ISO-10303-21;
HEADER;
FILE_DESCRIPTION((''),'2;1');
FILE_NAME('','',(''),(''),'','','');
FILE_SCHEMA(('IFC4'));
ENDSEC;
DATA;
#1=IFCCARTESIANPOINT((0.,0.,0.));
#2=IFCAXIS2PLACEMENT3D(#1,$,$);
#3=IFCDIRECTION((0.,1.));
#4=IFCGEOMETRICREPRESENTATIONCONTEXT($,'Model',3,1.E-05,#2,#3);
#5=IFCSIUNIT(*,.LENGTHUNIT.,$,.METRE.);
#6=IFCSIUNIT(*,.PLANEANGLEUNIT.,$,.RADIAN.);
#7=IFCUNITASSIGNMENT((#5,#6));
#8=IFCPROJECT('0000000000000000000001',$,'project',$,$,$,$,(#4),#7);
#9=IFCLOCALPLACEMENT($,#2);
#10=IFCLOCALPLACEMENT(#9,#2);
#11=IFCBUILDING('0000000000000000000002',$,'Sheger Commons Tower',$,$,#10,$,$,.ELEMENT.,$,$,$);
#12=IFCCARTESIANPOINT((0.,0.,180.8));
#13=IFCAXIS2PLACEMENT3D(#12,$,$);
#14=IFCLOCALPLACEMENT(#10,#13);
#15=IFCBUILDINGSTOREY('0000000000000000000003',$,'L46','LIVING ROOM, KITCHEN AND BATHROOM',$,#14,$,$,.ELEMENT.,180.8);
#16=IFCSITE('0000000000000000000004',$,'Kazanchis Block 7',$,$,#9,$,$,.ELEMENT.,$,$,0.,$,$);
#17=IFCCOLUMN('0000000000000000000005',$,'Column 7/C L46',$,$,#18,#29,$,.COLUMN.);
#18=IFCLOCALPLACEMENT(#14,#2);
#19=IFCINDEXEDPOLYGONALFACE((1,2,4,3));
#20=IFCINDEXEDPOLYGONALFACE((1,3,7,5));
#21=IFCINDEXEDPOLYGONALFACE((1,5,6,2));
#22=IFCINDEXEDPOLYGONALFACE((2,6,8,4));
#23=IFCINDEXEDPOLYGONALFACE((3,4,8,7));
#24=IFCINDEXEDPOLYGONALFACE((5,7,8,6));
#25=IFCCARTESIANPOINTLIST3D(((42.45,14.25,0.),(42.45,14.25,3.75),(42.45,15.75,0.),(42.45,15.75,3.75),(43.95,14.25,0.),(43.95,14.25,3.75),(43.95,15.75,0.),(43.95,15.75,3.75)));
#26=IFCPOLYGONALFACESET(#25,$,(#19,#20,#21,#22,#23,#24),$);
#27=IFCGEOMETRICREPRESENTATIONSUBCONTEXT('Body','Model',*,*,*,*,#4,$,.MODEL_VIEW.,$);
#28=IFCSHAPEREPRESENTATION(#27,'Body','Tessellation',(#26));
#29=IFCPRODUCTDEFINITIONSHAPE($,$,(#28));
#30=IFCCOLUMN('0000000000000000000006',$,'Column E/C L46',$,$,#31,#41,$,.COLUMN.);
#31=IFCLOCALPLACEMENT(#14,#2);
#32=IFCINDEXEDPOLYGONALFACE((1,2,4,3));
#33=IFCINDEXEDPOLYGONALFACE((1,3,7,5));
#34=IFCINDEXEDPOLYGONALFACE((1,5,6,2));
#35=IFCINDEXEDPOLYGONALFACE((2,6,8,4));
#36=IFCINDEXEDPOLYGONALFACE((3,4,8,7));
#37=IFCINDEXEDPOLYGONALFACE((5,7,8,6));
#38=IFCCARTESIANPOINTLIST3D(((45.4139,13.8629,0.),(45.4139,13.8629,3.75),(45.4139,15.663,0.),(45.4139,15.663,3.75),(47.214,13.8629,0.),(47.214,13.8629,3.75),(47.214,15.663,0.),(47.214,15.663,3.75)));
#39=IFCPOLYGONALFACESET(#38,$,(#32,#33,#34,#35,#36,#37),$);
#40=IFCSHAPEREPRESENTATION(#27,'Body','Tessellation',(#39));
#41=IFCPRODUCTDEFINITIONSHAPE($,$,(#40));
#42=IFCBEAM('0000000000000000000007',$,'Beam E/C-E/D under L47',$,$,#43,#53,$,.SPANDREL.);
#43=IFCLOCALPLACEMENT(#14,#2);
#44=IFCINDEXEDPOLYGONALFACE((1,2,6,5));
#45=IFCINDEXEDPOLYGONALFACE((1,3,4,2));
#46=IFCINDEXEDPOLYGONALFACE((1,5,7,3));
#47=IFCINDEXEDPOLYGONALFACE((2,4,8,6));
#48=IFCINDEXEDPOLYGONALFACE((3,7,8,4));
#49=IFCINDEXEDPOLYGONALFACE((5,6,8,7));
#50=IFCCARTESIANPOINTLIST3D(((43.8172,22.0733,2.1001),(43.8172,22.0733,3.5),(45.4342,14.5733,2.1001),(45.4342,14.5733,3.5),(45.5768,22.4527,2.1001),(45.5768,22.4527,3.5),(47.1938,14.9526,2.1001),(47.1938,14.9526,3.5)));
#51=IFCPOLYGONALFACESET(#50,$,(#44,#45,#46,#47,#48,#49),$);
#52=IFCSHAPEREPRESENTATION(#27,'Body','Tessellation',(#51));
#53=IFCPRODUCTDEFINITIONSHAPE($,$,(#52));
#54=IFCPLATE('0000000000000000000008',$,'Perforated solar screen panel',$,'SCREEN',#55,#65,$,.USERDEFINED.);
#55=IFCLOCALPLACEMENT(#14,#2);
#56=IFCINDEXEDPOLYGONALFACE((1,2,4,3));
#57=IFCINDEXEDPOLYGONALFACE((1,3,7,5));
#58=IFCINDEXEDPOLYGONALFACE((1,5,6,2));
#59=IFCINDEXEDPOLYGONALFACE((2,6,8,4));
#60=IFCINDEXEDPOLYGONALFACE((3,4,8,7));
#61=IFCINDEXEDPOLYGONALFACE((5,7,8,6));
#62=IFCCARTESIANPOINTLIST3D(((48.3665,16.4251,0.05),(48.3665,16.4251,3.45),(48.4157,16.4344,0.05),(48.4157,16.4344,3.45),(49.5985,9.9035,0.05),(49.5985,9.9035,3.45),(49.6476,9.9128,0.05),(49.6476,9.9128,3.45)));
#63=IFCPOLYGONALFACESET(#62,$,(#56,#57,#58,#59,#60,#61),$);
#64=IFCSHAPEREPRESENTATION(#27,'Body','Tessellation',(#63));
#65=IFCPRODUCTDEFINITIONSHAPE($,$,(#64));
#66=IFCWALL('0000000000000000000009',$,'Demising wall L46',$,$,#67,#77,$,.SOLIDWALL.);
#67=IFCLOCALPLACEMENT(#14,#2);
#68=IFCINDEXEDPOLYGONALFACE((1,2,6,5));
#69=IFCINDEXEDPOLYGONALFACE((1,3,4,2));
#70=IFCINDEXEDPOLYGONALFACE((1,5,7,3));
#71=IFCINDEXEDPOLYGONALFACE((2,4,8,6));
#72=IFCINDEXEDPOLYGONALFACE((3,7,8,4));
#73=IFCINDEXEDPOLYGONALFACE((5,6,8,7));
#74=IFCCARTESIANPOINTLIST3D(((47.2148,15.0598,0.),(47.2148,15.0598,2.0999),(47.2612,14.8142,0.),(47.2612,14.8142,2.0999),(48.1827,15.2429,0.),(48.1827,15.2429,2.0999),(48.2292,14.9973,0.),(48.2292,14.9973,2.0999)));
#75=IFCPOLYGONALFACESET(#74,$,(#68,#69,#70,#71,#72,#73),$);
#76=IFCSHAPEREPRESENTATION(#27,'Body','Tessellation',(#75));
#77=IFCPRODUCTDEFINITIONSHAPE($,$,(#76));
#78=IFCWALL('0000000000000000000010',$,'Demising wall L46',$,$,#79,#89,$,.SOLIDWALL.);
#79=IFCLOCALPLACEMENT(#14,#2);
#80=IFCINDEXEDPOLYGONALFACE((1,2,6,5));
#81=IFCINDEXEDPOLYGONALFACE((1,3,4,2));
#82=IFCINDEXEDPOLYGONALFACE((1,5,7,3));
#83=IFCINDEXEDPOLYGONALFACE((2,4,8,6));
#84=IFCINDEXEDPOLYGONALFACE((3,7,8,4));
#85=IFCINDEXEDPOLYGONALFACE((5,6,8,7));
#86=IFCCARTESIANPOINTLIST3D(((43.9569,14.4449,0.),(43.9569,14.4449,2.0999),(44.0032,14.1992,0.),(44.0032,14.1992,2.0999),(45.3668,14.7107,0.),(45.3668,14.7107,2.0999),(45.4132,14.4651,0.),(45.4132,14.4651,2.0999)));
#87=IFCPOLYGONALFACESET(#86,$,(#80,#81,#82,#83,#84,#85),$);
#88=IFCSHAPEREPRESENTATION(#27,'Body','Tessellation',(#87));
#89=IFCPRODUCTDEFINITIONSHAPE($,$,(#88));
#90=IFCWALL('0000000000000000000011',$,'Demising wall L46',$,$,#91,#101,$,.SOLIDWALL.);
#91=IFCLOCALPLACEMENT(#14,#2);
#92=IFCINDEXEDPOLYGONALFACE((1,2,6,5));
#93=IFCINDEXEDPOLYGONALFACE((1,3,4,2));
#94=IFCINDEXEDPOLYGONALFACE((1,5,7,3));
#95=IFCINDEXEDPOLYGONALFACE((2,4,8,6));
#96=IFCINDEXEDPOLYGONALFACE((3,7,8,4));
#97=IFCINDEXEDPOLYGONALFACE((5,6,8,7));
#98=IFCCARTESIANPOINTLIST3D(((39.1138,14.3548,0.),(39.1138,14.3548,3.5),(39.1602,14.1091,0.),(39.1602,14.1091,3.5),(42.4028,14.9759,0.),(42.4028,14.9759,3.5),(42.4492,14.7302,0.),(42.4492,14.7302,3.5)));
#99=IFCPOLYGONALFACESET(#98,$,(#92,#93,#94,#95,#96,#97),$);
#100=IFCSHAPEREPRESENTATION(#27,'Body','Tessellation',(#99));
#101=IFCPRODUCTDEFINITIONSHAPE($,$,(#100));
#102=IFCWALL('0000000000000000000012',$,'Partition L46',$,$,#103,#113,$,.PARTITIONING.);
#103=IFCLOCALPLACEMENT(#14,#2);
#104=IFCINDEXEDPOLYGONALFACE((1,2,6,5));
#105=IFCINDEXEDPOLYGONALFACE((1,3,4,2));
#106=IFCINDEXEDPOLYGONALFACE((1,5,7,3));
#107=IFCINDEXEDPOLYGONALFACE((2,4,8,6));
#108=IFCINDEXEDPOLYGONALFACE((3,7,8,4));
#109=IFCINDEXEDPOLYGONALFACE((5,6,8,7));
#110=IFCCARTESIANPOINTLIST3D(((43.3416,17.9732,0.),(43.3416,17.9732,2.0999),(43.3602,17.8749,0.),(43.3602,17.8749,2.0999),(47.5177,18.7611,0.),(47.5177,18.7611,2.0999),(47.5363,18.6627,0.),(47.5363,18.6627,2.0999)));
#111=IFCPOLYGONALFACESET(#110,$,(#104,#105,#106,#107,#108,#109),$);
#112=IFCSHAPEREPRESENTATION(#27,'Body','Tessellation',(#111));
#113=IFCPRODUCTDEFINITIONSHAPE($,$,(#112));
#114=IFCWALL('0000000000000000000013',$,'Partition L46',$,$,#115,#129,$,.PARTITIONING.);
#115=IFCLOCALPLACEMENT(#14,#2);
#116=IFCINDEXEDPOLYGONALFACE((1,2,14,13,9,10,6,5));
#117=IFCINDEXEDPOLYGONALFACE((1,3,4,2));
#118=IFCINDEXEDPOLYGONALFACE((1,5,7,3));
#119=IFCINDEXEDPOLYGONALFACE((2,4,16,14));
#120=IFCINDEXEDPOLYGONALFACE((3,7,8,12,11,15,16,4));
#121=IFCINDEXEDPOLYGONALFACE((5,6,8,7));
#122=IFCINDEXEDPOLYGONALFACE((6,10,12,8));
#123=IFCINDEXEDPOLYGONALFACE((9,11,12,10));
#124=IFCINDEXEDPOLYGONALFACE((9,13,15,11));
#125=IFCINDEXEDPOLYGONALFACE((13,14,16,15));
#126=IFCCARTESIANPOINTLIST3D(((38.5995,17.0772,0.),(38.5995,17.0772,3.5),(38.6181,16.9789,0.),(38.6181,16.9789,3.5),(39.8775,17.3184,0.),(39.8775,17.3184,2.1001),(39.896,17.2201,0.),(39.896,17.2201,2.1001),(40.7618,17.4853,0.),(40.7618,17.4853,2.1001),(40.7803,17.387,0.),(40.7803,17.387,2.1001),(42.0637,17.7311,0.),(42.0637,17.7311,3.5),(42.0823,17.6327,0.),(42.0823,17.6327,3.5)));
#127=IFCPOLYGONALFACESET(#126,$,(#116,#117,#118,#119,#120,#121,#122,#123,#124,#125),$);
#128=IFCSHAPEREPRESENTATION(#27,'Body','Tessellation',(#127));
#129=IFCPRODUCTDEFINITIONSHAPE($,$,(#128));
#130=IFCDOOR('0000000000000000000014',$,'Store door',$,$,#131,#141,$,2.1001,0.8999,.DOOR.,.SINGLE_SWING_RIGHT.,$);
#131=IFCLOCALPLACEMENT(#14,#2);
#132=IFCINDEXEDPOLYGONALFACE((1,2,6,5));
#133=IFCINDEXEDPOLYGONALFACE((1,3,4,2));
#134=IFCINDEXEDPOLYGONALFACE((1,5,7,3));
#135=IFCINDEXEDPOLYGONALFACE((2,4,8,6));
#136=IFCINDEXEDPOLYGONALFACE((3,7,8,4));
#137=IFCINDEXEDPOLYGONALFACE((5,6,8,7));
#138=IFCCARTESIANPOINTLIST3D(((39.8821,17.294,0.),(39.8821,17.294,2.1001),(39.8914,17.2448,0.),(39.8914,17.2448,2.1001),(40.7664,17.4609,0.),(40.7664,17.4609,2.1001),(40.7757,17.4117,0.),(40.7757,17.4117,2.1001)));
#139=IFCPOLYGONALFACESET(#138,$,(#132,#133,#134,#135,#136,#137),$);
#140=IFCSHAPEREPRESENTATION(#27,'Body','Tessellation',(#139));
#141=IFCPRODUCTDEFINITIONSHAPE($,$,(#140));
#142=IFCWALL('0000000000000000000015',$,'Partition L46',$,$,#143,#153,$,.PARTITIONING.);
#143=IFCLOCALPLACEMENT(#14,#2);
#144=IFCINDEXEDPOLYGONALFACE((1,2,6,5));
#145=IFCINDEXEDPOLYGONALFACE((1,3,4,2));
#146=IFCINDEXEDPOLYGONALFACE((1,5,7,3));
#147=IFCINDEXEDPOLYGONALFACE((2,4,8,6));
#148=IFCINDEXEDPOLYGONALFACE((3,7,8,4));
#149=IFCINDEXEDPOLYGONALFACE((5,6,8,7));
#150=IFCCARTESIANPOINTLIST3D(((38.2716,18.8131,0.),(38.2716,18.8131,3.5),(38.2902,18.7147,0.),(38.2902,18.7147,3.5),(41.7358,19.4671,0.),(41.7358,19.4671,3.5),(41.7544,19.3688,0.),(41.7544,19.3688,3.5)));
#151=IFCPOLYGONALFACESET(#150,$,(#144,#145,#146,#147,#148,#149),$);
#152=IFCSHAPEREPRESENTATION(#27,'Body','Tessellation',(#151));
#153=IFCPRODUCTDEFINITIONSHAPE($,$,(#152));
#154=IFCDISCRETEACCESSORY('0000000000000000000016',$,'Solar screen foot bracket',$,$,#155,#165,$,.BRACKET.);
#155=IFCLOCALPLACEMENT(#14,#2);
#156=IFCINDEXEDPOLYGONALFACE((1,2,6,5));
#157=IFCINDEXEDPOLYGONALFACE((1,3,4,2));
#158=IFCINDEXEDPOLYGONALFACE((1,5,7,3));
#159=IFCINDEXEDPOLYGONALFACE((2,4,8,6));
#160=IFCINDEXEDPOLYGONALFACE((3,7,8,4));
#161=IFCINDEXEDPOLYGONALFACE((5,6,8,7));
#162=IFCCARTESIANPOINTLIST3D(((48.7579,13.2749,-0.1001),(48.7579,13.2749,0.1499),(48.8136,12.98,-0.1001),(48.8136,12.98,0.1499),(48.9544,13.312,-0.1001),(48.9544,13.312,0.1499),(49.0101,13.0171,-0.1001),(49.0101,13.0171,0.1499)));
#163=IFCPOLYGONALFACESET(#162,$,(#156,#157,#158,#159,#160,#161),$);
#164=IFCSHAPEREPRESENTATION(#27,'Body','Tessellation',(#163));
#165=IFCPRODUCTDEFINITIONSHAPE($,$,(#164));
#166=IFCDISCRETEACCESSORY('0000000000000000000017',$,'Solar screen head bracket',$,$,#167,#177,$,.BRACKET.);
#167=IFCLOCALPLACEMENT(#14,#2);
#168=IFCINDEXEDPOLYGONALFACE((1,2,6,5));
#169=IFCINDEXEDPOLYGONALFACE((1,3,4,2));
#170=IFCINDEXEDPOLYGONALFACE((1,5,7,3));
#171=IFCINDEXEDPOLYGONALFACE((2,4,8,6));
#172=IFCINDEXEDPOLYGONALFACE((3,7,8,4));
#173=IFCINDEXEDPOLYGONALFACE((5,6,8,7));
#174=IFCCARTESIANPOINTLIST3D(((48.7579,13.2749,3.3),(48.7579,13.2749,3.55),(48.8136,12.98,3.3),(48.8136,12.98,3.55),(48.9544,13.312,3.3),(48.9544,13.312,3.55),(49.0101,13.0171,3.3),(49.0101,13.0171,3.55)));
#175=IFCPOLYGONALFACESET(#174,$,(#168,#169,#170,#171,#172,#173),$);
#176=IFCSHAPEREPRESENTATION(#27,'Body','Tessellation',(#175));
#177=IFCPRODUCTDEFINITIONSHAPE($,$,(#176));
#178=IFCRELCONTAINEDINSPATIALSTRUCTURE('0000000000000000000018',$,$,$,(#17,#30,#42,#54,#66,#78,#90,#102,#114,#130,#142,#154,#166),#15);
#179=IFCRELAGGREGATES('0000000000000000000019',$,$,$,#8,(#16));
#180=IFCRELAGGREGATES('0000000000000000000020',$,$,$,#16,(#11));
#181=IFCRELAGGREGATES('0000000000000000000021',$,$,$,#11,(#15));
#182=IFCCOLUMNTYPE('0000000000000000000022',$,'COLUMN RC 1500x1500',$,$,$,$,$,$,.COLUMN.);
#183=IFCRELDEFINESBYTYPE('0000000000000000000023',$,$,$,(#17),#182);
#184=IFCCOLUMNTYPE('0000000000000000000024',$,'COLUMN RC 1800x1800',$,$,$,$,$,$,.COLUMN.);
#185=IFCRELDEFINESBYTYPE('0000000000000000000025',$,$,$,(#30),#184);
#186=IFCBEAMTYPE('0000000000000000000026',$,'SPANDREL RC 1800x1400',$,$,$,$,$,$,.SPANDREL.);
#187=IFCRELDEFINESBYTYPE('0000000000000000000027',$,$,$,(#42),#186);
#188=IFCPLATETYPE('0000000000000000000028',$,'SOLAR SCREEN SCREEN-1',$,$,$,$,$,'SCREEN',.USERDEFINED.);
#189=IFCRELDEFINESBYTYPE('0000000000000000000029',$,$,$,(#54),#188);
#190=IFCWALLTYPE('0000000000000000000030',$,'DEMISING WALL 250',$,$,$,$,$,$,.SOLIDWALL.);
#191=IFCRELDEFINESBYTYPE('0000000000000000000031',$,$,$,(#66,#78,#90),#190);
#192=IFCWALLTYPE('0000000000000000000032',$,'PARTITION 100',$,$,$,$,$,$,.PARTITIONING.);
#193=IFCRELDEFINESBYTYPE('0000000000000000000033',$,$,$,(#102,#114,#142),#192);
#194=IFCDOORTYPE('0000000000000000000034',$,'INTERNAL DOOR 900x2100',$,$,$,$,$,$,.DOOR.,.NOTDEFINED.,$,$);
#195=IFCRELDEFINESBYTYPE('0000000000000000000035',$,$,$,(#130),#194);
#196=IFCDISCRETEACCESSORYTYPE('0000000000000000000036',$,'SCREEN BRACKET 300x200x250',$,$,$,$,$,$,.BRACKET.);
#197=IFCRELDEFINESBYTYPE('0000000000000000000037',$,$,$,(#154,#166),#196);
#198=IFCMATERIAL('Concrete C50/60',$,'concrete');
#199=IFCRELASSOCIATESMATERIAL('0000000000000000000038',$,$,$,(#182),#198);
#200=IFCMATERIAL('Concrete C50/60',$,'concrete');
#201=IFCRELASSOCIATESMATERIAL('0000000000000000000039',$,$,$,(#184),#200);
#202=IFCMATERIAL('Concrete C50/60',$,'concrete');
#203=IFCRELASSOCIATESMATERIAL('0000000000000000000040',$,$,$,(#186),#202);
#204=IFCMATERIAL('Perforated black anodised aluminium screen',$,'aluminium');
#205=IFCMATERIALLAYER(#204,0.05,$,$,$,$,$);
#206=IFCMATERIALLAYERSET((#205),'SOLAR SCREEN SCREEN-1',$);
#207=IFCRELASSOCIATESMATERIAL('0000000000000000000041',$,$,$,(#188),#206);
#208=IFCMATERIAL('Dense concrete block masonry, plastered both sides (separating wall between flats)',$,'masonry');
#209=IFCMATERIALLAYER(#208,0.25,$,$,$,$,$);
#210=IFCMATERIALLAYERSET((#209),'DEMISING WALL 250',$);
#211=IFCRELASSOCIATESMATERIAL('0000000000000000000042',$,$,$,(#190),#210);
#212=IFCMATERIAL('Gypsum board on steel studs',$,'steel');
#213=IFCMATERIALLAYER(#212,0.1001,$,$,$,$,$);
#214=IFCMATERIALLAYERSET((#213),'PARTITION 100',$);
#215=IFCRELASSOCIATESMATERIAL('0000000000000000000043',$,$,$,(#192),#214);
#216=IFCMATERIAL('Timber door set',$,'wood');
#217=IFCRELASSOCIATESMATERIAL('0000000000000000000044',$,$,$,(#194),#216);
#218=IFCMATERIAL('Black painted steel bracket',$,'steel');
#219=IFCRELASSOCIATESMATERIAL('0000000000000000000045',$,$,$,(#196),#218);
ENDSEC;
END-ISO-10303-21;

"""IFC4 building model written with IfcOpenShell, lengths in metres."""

from ifc_helpers import new_model, si_unit, direction, frame, frame_2d, origin, origin_2d, place, context, subcontext, project, spatial, rectangle, extrude, material, layer, layer_set, material_profile, profile_set, type_object, element, fill, save


model = new_model("IFC4")

# Units and contexts
model_context = context("Model", 3, precision=1e-05, world=origin(), true_north=direction((0.0, 1.0)))
body_context = subcontext(model_context, "Body", "Model", "MODEL_VIEW")
ifc_project = project(units=[si_unit("LENGTHUNIT", "METRE"), si_unit("PLANEANGLEUNIT", "RADIAN")], contexts=[model_context])

# Site, building, storey
site_placement = place(None, origin())
site = spatial("IfcSite", under=ifc_project, at=site_placement, Name="Kazanchis Block 7", CompositionType="ELEMENT", RefElevation=0.0)
building_placement = place(site_placement, origin())
building = spatial("IfcBuilding", under=site, at=building_placement, Name="Sheger Commons Tower", CompositionType="ELEMENT")
storey_placement = place(building_placement, frame((0.0, 0.0, 180.8)))
storey = spatial("IfcBuildingStorey", under=building, at=storey_placement, Name="L46", Description="LIVING ROOM, KITCHEN AND BATHROOM", CompositionType="ELEMENT", Elevation=180.8)

# Columns
ifc_material_1 = material(Name="Concrete C50/60", Category="concrete")
ifc_material_profile_1 = material_profile(ifc_material_1, rectangle(XDim=1.5, YDim=1.5, at=origin_2d()), Name="RC 1500x1500")
ifc_profile_set_1 = profile_set([ifc_material_profile_1], Name="Concrete C50/60")
column_type_1 = type_object("IfcColumnType", Name="COLUMN RC 1500x1500", PredefinedType="COLUMN", material=ifc_profile_set_1)
column_1_placement = place(storey_placement, frame((43.2, 15.0, 0.0), z_axis=(0.0, 0.0, 1.0), x_axis=(1.0, 0.0, 0.0)))
element("IfcColumn", 1, at=column_1_placement, inside=storey, type_object=column_type_1, Name="Column 7/C L46", PredefinedType="COLUMN", context=body_context, shape_type="SweptSolid", body=[
    extrude(rectangle(XDim=1.5, YDim=1.5, at=origin_2d()), origin(), (0.0, 0.0, 1.0), 3.75),
])
ifc_material_2 = material(Name="Concrete C50/60", Category="concrete")
ifc_material_profile_2 = material_profile(ifc_material_2, rectangle(XDim=1.8, YDim=1.8, at=origin_2d()), Name="RC 1800x1800")
ifc_profile_set_2 = profile_set([ifc_material_profile_2], Name="Concrete C50/60")
column_type_2 = type_object("IfcColumnType", Name="COLUMN RC 1800x1800", PredefinedType="COLUMN", material=ifc_profile_set_2)
column_2_placement = place(storey_placement, frame((46.314, 14.7629, 0.0), z_axis=(0.0, 0.0, 1.0), x_axis=(1.0, 0.0, 0.0)))
element("IfcColumn", 2, at=column_2_placement, inside=storey, type_object=column_type_2, Name="Column E/C L46", PredefinedType="COLUMN", context=body_context, shape_type="SweptSolid", body=[
    extrude(rectangle(XDim=1.8, YDim=1.8, at=origin_2d()), origin(), (0.0, 0.0, 1.0), 3.75),
])

# Beam
ifc_material_3 = material(Name="Concrete C50/60", Category="concrete")
ifc_material_profile_3 = material_profile(ifc_material_3, rectangle(XDim=1.8, YDim=1.3999, at=origin_2d()), Name="RC 1800x1400")
ifc_profile_set_3 = profile_set([ifc_material_profile_3], Name="Concrete C50/60")
beam_type = type_object("IfcBeamType", Name="SPANDREL RC 1800x1400", PredefinedType="SPANDREL", material=ifc_profile_set_3)
beam_placement = place(storey_placement, frame((46.314, 14.7629, 2.8), z_axis=(-0.21075, 0.97754, 0.0), x_axis=(-0.97754, -0.21075, 0.0)))
element("IfcBeam", 3, at=beam_placement, inside=storey, type_object=beam_type, Name="Beam E/C-E/D under L47", PredefinedType="SPANDREL", context=body_context, shape_type="SweptSolid", body=[
    extrude(rectangle(XDim=1.8, YDim=1.3999, at=origin_2d()), origin(), (0.0, 0.0, 1.0), 7.6724),
])

# Plate
ifc_material_4 = material(Name="Perforated black anodised aluminium screen", Category="aluminium")
ifc_layer_1 = layer(ifc_material_4, 0.05)
ifc_layer_set_1 = layer_set([ifc_layer_1], Name="SOLAR SCREEN SCREEN-1")
plate_type = type_object("IfcPlateType", Name="SOLAR SCREEN SCREEN-1", ElementType="SCREEN", PredefinedType="USERDEFINED", material=ifc_layer_set_1)
plate_placement = place(storey_placement, frame((49.0071, 13.1689, 0.05), z_axis=(0.0, 0.0, 1.0), x_axis=(-0.185615, 0.982623, 0.0)))
element("IfcPlate", 4, at=plate_placement, inside=storey, type_object=plate_type, Name="Perforated solar screen panel", ObjectType="SCREEN", PredefinedType="USERDEFINED", context=body_context, shape_type="SweptSolid", body=[
    extrude(rectangle(XDim=6.637, YDim=0.05, at=origin_2d()), origin(), (0.0, 0.0, 1.0), 3.3999),
])

# Walls
ifc_material_5 = material(Name="Dense concrete block masonry, plastered both sides (separating wall between flats)", Category="masonry")
ifc_layer_2 = layer(ifc_material_5, 0.25)
ifc_layer_set_2 = layer_set([ifc_layer_2], Name="DEMISING WALL 250")
wall_type_1 = type_object("IfcWallType", Name="DEMISING WALL 250", PredefinedType="SOLIDWALL", material=ifc_layer_set_2)
wall_1_placement = place(storey_placement, frame((48.2061, 15.1201, 0.0), z_axis=(0.0, 0.0, 1.0), x_axis=(-0.982576, -0.185859, 0.0)))
element("IfcWall", 5, at=wall_1_placement, inside=storey, type_object=wall_type_1, Name="Demising wall L46", PredefinedType="SOLIDWALL", context=body_context, shape_type="SweptSolid", body=[
    extrude(rectangle(XDim=0.9851, YDim=0.25, at=frame_2d((0.4927, 0.0))), origin(), (0.0, 0.0, 1.0), 2.0999),
])
wall_2_placement = place(storey_placement, frame((45.3899, 14.5879, 0.0), z_axis=(0.0, 0.0, 1.0), x_axis=(-0.982681, -0.185306, 0.0)))
element("IfcWall", 6, at=wall_2_placement, inside=storey, type_object=wall_type_1, Name="Demising wall L46", PredefinedType="SOLIDWALL", context=body_context, shape_type="SweptSolid", body=[
    extrude(rectangle(XDim=1.4348, YDim=0.25, at=frame_2d((0.7173, 0.0))), origin(), (0.0, 0.0, 1.0), 2.0999),
])
wall_3_placement = place(storey_placement, frame((42.426, 14.853, 0.0), z_axis=(0.0, 0.0, 1.0), x_axis=(-0.982634, -0.185557, 0.0)))
element("IfcWall", 7, at=wall_3_placement, inside=storey, type_object=wall_type_1, Name="Demising wall L46", PredefinedType="SOLIDWALL", context=body_context, shape_type="SweptSolid", body=[
    extrude(rectangle(XDim=3.3472, YDim=0.25, at=frame_2d((1.6736, 0.0))), origin(), (0.0, 0.0, 1.0), 3.5),
])
ifc_material_6 = material(Name="Gypsum board on steel studs", Category="steel")
ifc_layer_3 = layer(ifc_material_6, 0.1001)
ifc_layer_set_3 = layer_set([ifc_layer_3], Name="PARTITION 100")
wall_type_2 = type_object("IfcWallType", Name="PARTITION 100", PredefinedType="PARTITIONING", material=ifc_layer_set_3)
wall_4_placement = place(storey_placement, frame((47.5271, 18.7119, 0.0), z_axis=(0.0, 0.0, 1.0), x_axis=(-0.982665, -0.185388, 0.0)))
element("IfcWall", 8, at=wall_4_placement, inside=storey, type_object=wall_type_2, Name="Partition L46", PredefinedType="PARTITIONING", context=body_context, shape_type="SweptSolid", body=[
    extrude(rectangle(XDim=4.2498, YDim=0.1001, at=frame_2d((2.125, 0.0))), origin(), (0.0, 0.0, 1.0), 2.0999),
])

# Wall, opening, door
wall_5_placement = place(storey_placement, frame((42.073, 17.6819, 0.0), z_axis=(0.0, 0.0, 1.0), x_axis=(-0.982651, -0.185463, 0.0)))
wall_5 = element("IfcWall", 9, at=wall_5_placement, inside=storey, type_object=wall_type_2, Name="Partition L46", PredefinedType="PARTITIONING", context=body_context, shape_type="SweptSolid", body=[
    extrude(rectangle(XDim=3.5254, YDim=0.1001, at=frame_2d((1.7627, 0.0))), origin(), (0.0, 0.0, 1.0), 3.5),
])
opening_placement = place(wall_5_placement, frame((1.325, 0.0, 0.0)))
opening = element("IfcOpeningElement", 10, at=opening_placement, cuts=wall_5, PredefinedType="OPENING", context=body_context, shape_type="SweptSolid", body=[
    extrude(rectangle(XDim=0.8999, YDim=2.1001, at=frame_2d((0.45, 1.05))), frame((0.0, 0.0601, 0.0), z_axis=(0.0, -1.0, 0.0), x_axis=(1.0, 0.0, 0.0)), (0.0, 0.0, 1.0), 0.1201),
])
ifc_material_7 = material(Name="Timber door set", Category="wood")
door_type = type_object("IfcDoorType", Name="INTERNAL DOOR 900x2100", OperationType="NOTDEFINED", PredefinedType="DOOR", material=ifc_material_7)
door_placement = place(opening_placement, origin())
door = element("IfcDoor", 11, at=door_placement, inside=storey, type_object=door_type, Name="Store door", OperationType="SINGLE_SWING_RIGHT", OverallHeight=2.1001, OverallWidth=0.8999, PredefinedType="DOOR", context=body_context, shape_type="SweptSolid", body=[
    extrude(rectangle(XDim=0.8999, YDim=2.1001, at=frame_2d((0.45, 1.05))), frame((0.0, 0.0249, 0.0), z_axis=(0.0, -1.0, 0.0), x_axis=(1.0, 0.0, 0.0)), (0.0, 0.0, 1.0), 0.05),
])
fill(opening, door)

# Wall
wall_6_placement = place(storey_placement, frame((41.7451, 19.418, 0.0), z_axis=(0.0, 0.0, 1.0), x_axis=(-0.982639, -0.18553, 0.0)))
element("IfcWall", 12, at=wall_6_placement, inside=storey, type_object=wall_type_2, Name="Partition L46", PredefinedType="PARTITIONING", context=body_context, shape_type="SweptSolid", body=[
    extrude(rectangle(XDim=3.5254, YDim=0.1001, at=frame_2d((1.7627, 0.0))), origin(), (0.0, 0.0, 1.0), 3.5),
])

# Discrete accessories
ifc_material_8 = material(Name="Black painted steel bracket", Category="steel")
discrete_accessory_type = type_object("IfcDiscreteAccessoryType", Name="SCREEN BRACKET 300x200x250", PredefinedType="BRACKET", material=ifc_material_8)
for number, where, z_axis, x_axis, name in (
    (13, (48.884, 13.146, -0.1001), (0.0, 0.0, 1.0), (-0.185615, 0.982623, 0.0), "Solar screen foot bracket"),
    (14, (48.884, 13.146, 3.3), (0.0, 0.0, 1.0), (-0.185615, 0.982623, 0.0), "Solar screen head bracket"),
):
    element("IfcDiscreteAccessory", number, at=place(storey_placement, frame(where, z_axis=z_axis, x_axis=x_axis)), inside=storey, type_object=discrete_accessory_type, Name=name, PredefinedType="BRACKET", context=body_context, shape_type="SweptSolid", body=[
        extrude(rectangle(XDim=0.3, YDim=0.2, at=origin_2d()), origin(), (0.0, 0.0, 1.0), 0.25),
    ])

save(model, "model.ifc")
